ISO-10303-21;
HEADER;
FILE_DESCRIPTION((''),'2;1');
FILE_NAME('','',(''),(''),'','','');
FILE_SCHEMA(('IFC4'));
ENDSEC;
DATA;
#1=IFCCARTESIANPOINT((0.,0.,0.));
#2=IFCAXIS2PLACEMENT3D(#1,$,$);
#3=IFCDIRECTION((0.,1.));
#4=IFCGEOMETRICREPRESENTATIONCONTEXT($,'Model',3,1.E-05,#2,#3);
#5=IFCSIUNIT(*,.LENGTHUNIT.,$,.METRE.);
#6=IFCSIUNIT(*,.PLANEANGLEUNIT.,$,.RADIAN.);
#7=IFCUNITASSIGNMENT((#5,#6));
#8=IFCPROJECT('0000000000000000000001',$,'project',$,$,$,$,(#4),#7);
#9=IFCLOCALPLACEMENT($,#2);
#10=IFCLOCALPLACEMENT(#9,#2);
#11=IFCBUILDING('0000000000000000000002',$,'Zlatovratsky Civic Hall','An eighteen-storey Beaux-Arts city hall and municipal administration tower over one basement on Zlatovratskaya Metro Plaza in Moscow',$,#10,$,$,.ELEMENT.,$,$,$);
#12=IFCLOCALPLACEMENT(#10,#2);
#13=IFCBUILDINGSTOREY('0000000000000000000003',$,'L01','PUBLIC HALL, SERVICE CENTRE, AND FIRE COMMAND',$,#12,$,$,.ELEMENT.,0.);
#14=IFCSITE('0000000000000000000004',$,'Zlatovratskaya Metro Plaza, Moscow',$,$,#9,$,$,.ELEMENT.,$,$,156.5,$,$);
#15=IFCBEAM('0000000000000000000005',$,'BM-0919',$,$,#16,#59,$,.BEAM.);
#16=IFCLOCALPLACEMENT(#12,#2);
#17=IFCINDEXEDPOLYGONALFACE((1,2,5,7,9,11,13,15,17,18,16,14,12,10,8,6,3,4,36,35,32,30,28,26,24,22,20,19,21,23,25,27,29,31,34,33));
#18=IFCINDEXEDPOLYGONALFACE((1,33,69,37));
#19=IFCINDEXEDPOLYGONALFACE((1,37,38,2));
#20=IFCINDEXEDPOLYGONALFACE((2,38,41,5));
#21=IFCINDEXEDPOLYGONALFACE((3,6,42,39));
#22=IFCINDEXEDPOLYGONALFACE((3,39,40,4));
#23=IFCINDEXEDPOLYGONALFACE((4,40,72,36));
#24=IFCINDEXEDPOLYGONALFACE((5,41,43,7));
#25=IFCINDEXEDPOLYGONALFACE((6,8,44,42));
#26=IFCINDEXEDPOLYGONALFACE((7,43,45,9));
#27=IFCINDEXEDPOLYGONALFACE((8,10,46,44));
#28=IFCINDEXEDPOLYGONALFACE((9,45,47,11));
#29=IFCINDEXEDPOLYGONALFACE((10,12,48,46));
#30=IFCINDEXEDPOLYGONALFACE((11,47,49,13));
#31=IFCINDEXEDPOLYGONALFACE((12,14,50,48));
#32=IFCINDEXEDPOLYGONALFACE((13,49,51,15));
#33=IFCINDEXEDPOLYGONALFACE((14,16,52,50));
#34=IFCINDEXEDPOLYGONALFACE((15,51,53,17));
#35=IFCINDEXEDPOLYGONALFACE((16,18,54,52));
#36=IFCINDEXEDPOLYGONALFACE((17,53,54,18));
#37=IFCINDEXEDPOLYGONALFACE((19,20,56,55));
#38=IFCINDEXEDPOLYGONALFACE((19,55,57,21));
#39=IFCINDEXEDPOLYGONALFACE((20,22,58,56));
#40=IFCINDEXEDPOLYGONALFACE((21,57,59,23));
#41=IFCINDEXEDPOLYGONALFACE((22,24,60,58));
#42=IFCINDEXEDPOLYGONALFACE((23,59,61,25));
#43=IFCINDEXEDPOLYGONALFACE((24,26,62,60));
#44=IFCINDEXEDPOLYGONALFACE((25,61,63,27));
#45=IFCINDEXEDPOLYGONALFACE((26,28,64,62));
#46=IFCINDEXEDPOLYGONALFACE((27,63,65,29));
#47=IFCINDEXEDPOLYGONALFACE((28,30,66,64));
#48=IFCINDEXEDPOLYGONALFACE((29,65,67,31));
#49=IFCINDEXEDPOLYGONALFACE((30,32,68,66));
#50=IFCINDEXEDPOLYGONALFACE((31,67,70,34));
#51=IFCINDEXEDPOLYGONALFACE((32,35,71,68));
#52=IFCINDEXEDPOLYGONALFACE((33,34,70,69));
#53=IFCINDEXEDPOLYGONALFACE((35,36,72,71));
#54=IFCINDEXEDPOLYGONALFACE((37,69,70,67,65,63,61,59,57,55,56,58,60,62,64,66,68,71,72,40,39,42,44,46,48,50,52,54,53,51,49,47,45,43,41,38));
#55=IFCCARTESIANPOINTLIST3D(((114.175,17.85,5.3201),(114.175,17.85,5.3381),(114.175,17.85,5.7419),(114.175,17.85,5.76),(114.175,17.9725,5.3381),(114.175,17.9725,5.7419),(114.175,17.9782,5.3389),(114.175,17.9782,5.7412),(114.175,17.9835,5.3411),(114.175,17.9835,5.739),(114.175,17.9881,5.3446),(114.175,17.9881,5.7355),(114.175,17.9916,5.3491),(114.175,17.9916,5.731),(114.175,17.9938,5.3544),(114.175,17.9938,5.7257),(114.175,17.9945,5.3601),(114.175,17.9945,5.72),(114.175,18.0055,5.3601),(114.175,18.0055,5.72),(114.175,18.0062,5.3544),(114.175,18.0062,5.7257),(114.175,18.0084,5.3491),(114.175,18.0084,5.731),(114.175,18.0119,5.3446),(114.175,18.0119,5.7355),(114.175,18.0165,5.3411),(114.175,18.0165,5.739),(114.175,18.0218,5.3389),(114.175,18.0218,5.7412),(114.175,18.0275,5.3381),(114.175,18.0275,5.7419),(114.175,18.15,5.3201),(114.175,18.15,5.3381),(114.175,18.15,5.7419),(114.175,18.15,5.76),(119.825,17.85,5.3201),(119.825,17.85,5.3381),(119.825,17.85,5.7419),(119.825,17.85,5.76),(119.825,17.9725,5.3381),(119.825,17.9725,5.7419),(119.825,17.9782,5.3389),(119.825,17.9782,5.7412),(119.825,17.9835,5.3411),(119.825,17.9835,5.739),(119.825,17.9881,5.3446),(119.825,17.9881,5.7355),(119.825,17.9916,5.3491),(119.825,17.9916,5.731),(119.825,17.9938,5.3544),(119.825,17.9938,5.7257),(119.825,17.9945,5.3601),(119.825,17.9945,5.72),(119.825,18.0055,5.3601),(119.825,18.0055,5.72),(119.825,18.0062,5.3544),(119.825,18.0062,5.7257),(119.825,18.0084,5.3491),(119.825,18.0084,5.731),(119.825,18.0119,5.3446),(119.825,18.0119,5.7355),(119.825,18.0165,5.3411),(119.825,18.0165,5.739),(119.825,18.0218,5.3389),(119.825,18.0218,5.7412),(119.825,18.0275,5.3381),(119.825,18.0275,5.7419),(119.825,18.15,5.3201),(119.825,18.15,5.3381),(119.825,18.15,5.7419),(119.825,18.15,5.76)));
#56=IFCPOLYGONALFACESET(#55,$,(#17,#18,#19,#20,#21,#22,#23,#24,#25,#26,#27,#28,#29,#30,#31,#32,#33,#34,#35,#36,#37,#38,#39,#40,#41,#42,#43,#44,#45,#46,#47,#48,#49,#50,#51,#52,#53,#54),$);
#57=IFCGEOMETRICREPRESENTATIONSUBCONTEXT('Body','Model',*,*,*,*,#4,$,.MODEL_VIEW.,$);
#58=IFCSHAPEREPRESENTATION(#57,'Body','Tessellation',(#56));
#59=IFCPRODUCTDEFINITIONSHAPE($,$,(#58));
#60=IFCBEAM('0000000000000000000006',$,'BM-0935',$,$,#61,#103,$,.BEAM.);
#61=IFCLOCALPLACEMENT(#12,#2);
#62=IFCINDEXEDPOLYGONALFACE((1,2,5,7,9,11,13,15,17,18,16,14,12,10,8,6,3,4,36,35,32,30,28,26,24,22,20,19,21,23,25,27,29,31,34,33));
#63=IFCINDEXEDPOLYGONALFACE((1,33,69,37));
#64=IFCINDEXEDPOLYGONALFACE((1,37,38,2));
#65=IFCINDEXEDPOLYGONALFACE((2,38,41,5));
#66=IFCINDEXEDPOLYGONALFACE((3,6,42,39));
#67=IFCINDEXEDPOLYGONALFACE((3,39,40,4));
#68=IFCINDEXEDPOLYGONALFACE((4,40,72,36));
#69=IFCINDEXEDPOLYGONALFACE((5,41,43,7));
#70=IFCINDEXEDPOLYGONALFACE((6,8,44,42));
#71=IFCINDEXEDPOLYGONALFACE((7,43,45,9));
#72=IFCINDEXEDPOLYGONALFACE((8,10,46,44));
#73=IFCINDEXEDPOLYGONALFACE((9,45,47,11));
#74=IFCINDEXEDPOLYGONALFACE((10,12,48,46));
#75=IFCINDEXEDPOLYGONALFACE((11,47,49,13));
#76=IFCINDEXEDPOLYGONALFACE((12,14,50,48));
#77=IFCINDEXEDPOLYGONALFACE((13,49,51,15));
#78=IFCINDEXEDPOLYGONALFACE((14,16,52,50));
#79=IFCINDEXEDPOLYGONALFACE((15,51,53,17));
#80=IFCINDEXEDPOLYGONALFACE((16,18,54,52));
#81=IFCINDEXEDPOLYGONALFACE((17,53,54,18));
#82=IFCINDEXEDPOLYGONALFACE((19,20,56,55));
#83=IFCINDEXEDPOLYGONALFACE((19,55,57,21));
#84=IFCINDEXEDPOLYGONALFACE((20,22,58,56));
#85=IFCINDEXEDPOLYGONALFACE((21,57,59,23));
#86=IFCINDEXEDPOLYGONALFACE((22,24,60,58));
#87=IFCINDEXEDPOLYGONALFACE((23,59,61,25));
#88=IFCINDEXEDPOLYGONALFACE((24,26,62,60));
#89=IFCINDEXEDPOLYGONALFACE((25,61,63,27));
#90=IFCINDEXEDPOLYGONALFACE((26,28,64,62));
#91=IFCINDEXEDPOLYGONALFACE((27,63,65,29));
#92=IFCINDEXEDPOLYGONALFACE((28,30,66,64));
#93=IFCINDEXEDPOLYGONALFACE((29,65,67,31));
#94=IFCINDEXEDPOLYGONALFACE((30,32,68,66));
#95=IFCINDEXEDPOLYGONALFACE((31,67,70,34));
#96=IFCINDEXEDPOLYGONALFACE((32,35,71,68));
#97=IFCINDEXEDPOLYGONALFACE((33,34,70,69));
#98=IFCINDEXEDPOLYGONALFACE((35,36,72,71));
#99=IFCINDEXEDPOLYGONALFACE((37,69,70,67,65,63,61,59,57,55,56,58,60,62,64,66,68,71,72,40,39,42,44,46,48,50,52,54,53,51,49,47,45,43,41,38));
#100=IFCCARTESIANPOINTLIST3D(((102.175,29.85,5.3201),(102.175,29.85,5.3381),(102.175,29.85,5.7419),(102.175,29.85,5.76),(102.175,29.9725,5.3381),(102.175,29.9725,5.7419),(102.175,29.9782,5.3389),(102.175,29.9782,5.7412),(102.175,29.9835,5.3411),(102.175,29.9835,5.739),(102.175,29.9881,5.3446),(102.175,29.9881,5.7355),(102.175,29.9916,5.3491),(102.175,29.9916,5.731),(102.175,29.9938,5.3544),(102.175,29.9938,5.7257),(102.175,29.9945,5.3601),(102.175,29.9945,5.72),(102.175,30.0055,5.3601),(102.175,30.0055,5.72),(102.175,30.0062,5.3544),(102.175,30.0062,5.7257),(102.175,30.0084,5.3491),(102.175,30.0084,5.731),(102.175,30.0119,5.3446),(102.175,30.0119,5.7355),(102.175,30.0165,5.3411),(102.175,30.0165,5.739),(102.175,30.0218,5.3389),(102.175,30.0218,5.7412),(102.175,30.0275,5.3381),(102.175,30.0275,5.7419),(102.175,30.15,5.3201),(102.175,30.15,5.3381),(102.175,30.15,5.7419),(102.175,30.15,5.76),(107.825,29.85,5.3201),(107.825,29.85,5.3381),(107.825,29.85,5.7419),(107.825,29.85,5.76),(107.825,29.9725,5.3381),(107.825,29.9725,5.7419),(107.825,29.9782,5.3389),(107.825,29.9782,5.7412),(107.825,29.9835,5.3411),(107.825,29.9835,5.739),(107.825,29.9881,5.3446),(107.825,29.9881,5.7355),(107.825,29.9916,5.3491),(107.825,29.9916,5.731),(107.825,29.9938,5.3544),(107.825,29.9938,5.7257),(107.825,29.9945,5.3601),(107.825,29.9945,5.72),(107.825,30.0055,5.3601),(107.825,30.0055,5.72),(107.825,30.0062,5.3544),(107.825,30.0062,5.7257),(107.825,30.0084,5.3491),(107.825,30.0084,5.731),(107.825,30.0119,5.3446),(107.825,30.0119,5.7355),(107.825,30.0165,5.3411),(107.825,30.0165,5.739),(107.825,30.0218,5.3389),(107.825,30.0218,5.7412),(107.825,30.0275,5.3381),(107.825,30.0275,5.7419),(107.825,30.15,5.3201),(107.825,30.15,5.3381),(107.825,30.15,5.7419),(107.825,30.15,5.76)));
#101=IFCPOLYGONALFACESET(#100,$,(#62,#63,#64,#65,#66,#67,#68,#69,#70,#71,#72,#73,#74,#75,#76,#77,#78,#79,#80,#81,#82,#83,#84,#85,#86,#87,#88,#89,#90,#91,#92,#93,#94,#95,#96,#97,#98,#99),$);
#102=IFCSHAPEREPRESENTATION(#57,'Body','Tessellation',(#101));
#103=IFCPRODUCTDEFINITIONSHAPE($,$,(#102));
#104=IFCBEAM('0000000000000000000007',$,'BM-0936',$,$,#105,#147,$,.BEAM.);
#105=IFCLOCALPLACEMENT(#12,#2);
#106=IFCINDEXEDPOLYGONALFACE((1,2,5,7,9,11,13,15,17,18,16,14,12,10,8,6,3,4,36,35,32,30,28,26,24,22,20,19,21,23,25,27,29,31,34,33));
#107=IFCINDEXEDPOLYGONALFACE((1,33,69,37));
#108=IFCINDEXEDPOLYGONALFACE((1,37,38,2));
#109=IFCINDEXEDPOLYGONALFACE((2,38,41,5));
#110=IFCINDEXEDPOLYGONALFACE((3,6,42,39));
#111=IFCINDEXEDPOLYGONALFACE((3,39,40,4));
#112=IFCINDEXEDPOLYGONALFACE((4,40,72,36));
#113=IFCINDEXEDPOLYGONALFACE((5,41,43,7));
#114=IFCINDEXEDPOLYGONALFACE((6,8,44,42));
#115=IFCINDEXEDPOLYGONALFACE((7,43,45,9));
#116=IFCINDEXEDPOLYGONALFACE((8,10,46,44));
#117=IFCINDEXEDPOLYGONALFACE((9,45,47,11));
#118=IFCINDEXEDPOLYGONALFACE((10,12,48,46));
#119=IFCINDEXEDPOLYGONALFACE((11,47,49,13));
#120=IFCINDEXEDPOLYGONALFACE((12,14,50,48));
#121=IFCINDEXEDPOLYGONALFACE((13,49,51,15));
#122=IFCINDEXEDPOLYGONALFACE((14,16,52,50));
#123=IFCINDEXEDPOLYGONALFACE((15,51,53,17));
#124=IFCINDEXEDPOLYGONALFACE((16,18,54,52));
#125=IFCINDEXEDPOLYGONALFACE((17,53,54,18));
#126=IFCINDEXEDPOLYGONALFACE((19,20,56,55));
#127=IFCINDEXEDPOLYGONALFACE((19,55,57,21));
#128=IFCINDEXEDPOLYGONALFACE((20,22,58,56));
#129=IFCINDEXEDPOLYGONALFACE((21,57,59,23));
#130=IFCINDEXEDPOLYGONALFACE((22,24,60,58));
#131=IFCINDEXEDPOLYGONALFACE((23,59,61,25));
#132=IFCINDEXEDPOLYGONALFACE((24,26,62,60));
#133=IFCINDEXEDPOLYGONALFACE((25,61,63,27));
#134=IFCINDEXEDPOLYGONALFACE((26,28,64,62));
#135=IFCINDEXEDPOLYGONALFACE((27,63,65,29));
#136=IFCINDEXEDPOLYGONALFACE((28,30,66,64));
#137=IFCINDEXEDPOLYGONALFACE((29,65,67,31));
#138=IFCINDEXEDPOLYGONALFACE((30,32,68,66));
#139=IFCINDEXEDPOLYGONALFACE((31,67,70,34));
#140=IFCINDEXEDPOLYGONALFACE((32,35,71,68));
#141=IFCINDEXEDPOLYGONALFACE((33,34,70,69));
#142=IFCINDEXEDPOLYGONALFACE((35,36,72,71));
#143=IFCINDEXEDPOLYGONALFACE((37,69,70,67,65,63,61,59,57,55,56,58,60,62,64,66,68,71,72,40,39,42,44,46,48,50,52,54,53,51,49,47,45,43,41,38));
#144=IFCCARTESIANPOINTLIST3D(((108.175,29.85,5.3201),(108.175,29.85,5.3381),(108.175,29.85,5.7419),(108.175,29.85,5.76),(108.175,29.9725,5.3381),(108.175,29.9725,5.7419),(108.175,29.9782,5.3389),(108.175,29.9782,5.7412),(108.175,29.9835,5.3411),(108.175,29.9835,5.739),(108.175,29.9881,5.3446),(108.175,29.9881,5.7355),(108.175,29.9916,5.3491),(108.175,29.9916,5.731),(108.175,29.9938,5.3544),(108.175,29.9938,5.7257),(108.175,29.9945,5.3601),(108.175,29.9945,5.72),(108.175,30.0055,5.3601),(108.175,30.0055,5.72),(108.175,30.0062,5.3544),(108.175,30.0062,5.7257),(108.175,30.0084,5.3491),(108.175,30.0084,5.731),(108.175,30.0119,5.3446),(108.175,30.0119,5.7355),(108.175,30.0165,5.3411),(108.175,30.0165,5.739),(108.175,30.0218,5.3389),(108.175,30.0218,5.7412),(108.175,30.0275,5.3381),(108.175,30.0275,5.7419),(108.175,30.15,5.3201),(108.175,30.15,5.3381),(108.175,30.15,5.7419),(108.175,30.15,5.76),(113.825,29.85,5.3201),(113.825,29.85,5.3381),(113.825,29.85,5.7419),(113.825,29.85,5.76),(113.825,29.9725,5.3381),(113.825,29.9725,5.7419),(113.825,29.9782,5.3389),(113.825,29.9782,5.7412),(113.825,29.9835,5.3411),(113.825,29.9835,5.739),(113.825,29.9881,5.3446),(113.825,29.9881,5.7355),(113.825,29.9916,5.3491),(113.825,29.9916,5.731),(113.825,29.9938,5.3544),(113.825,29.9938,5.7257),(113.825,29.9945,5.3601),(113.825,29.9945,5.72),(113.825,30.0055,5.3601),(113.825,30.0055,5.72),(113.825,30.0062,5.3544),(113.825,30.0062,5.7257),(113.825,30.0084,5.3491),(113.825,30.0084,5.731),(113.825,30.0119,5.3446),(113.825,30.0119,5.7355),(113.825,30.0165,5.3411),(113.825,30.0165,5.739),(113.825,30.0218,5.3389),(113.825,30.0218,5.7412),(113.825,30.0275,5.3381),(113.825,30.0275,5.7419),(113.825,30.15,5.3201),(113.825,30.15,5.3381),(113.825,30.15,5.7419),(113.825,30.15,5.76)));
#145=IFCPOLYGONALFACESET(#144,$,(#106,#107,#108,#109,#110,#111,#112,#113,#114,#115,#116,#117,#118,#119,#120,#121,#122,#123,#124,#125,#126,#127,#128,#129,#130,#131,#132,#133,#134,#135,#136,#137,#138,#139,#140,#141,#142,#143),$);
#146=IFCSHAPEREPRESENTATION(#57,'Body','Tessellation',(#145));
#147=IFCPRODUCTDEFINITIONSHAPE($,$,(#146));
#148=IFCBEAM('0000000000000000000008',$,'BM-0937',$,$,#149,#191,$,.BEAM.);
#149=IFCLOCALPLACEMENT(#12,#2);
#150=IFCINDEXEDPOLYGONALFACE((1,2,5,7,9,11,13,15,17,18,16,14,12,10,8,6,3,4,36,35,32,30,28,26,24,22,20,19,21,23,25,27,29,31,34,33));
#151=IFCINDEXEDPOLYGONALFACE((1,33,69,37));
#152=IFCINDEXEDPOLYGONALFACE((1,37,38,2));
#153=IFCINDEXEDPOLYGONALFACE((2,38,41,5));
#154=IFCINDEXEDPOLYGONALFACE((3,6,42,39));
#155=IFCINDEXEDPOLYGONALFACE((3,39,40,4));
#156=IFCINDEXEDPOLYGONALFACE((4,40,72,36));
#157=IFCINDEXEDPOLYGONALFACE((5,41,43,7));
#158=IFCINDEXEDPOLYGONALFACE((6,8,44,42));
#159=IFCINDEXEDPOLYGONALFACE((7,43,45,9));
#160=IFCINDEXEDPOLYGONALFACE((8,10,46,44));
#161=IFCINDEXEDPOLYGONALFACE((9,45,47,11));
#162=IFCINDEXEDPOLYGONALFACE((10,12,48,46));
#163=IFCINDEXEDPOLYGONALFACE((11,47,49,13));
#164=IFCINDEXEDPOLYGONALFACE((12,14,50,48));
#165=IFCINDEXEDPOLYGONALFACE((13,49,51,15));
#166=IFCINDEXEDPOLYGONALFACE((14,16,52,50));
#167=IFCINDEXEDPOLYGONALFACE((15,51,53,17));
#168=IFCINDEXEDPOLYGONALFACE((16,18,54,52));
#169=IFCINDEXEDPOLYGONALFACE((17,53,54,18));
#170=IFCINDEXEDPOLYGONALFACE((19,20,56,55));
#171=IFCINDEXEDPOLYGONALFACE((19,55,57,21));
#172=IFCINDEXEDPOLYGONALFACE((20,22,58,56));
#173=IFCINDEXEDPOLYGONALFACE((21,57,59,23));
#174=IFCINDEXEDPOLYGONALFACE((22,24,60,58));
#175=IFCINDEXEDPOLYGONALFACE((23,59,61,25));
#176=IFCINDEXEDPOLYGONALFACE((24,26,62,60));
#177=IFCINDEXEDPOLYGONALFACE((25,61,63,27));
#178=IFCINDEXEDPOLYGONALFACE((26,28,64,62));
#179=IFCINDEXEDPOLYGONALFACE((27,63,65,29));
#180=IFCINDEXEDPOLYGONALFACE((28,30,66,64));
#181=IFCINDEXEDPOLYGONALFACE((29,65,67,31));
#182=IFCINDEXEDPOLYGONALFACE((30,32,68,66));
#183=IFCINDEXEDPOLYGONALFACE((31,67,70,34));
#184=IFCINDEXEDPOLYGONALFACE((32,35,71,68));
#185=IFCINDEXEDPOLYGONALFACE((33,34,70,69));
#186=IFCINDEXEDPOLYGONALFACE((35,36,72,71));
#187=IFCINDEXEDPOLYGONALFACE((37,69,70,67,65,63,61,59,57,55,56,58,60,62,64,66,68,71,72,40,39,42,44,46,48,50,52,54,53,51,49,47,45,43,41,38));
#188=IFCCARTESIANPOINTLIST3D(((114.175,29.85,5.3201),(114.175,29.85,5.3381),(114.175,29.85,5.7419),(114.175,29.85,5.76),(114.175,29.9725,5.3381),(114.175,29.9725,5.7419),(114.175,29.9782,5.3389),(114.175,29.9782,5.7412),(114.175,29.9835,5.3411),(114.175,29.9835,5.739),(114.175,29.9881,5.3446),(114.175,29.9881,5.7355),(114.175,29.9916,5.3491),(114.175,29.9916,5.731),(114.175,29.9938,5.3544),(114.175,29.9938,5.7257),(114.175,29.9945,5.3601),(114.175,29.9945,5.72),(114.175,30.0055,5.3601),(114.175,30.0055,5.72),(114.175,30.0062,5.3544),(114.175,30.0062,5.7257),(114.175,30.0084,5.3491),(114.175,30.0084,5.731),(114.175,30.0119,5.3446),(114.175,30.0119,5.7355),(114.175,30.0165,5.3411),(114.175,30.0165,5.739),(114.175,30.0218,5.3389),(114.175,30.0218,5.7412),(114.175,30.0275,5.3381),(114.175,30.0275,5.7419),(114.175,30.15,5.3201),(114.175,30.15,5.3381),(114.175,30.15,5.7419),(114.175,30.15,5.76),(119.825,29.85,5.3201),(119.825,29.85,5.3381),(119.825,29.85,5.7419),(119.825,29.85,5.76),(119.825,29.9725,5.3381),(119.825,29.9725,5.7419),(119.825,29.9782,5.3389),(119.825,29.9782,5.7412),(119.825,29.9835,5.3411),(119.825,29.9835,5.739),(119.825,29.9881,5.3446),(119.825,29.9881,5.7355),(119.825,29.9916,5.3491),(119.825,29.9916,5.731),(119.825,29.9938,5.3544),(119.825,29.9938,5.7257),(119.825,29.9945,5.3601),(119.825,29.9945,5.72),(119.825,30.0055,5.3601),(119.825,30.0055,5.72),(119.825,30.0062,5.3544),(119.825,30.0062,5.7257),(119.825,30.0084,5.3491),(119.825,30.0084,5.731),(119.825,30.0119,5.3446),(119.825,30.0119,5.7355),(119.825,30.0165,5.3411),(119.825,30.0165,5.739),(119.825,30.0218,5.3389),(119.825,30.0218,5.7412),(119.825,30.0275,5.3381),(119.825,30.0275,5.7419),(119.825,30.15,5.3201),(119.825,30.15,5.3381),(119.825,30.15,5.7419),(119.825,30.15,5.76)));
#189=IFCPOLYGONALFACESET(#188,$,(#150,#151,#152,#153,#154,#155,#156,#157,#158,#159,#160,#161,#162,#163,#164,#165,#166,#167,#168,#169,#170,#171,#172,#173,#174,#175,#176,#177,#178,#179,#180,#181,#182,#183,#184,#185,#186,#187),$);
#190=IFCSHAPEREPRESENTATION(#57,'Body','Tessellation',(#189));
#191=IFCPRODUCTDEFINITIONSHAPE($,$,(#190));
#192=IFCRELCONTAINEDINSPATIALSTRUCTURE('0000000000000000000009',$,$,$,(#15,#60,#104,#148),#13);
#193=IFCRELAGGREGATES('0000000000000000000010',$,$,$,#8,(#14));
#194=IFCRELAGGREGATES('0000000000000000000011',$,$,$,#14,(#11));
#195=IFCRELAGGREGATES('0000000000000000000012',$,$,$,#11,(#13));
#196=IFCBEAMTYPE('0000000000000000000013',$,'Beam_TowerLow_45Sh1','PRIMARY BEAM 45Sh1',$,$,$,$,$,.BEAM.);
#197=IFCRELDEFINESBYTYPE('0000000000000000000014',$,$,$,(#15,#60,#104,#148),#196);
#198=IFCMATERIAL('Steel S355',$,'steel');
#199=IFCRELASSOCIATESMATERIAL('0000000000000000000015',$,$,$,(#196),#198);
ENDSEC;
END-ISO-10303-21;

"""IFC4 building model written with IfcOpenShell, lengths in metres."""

from ifc_helpers import new_model, si_unit, direction, frame, origin, origin_2d, place, context, subcontext, project, spatial, i_section, extrude, material, material_profile, profile_set, type_object, element, save


model = new_model("IFC4")

# Units and contexts
model_context = context("Model", 3, precision=1e-05, world=origin(), true_north=direction((0.0, 1.0)))
body_context = subcontext(model_context, "Body", "Model", "MODEL_VIEW")
ifc_project = project(units=[si_unit("LENGTHUNIT", "METRE"), si_unit("PLANEANGLEUNIT", "RADIAN")], contexts=[model_context])

# Site, building, storey
site_placement = place(None, origin())
site = spatial("IfcSite", under=ifc_project, at=site_placement, Name="Zlatovratskaya Metro Plaza, Moscow", CompositionType="ELEMENT", RefElevation=156.5)
building_placement = place(site_placement, origin())
building = spatial("IfcBuilding", under=site, at=building_placement, Name="Zlatovratsky Civic Hall", Description="An eighteen-storey Beaux-Arts city hall and municipal administration tower over one basement on Zlatovratskaya Metro Plaza in Moscow", CompositionType="ELEMENT")
storey_placement = place(building_placement, origin())
storey = spatial("IfcBuildingStorey", under=building, at=storey_placement, Name="L01", Description="PUBLIC HALL, SERVICE CENTRE, AND FIRE COMMAND", CompositionType="ELEMENT", Elevation=0.0)

# Shared definitions
ifc_material_1 = material(Name="Steel S355", Category="steel")

# Beams
ifc_material_profile_1 = material_profile(ifc_material_1, i_section(OverallWidth=0.3, OverallDepth=0.4399, WebThickness=0.011, FlangeThickness=0.0181, FilletRadius=0.022, at=origin_2d()), Name="45Sh1")
ifc_profile_set_1 = profile_set([ifc_material_profile_1], Name="Steel S355")
beam_type_1 = type_object("IfcBeamType", Name="Beam_TowerLow_45Sh1", Description="PRIMARY BEAM 45Sh1", PredefinedType="BEAM", material=ifc_profile_set_1)
for number, where, z_axis, x_axis, name in (
    (1, (114.175, 18.0, 5.54), (1.0, 0.0, 0.0), (0.0, 1.0, 0.0), "BM-0919"),
    (2, (102.175, 30.0, 5.54), (1.0, 0.0, 0.0), (0.0, 1.0, 0.0), "BM-0935"),
    (3, (108.175, 30.0, 5.54), (1.0, 0.0, 0.0), (0.0, 1.0, 0.0), "BM-0936"),
    (4, (114.175, 30.0, 5.54), (1.0, 0.0, 0.0), (0.0, 1.0, 0.0), "BM-0937"),
):
    element("IfcBeam", number, at=place(storey_placement, frame(where, z_axis=z_axis, x_axis=x_axis)), inside=storey, type_object=beam_type_1, Name=name, PredefinedType="BEAM", context=body_context, shape_type="SweptSolid", body=[
        extrude(i_section(OverallWidth=0.3, OverallDepth=0.4399, WebThickness=0.011, FlangeThickness=0.0181, FilletRadius=0.022, at=origin_2d()), origin(), (0.0, 0.0, 1.0), 5.6499),
    ])

save(model, "model.ifc")
